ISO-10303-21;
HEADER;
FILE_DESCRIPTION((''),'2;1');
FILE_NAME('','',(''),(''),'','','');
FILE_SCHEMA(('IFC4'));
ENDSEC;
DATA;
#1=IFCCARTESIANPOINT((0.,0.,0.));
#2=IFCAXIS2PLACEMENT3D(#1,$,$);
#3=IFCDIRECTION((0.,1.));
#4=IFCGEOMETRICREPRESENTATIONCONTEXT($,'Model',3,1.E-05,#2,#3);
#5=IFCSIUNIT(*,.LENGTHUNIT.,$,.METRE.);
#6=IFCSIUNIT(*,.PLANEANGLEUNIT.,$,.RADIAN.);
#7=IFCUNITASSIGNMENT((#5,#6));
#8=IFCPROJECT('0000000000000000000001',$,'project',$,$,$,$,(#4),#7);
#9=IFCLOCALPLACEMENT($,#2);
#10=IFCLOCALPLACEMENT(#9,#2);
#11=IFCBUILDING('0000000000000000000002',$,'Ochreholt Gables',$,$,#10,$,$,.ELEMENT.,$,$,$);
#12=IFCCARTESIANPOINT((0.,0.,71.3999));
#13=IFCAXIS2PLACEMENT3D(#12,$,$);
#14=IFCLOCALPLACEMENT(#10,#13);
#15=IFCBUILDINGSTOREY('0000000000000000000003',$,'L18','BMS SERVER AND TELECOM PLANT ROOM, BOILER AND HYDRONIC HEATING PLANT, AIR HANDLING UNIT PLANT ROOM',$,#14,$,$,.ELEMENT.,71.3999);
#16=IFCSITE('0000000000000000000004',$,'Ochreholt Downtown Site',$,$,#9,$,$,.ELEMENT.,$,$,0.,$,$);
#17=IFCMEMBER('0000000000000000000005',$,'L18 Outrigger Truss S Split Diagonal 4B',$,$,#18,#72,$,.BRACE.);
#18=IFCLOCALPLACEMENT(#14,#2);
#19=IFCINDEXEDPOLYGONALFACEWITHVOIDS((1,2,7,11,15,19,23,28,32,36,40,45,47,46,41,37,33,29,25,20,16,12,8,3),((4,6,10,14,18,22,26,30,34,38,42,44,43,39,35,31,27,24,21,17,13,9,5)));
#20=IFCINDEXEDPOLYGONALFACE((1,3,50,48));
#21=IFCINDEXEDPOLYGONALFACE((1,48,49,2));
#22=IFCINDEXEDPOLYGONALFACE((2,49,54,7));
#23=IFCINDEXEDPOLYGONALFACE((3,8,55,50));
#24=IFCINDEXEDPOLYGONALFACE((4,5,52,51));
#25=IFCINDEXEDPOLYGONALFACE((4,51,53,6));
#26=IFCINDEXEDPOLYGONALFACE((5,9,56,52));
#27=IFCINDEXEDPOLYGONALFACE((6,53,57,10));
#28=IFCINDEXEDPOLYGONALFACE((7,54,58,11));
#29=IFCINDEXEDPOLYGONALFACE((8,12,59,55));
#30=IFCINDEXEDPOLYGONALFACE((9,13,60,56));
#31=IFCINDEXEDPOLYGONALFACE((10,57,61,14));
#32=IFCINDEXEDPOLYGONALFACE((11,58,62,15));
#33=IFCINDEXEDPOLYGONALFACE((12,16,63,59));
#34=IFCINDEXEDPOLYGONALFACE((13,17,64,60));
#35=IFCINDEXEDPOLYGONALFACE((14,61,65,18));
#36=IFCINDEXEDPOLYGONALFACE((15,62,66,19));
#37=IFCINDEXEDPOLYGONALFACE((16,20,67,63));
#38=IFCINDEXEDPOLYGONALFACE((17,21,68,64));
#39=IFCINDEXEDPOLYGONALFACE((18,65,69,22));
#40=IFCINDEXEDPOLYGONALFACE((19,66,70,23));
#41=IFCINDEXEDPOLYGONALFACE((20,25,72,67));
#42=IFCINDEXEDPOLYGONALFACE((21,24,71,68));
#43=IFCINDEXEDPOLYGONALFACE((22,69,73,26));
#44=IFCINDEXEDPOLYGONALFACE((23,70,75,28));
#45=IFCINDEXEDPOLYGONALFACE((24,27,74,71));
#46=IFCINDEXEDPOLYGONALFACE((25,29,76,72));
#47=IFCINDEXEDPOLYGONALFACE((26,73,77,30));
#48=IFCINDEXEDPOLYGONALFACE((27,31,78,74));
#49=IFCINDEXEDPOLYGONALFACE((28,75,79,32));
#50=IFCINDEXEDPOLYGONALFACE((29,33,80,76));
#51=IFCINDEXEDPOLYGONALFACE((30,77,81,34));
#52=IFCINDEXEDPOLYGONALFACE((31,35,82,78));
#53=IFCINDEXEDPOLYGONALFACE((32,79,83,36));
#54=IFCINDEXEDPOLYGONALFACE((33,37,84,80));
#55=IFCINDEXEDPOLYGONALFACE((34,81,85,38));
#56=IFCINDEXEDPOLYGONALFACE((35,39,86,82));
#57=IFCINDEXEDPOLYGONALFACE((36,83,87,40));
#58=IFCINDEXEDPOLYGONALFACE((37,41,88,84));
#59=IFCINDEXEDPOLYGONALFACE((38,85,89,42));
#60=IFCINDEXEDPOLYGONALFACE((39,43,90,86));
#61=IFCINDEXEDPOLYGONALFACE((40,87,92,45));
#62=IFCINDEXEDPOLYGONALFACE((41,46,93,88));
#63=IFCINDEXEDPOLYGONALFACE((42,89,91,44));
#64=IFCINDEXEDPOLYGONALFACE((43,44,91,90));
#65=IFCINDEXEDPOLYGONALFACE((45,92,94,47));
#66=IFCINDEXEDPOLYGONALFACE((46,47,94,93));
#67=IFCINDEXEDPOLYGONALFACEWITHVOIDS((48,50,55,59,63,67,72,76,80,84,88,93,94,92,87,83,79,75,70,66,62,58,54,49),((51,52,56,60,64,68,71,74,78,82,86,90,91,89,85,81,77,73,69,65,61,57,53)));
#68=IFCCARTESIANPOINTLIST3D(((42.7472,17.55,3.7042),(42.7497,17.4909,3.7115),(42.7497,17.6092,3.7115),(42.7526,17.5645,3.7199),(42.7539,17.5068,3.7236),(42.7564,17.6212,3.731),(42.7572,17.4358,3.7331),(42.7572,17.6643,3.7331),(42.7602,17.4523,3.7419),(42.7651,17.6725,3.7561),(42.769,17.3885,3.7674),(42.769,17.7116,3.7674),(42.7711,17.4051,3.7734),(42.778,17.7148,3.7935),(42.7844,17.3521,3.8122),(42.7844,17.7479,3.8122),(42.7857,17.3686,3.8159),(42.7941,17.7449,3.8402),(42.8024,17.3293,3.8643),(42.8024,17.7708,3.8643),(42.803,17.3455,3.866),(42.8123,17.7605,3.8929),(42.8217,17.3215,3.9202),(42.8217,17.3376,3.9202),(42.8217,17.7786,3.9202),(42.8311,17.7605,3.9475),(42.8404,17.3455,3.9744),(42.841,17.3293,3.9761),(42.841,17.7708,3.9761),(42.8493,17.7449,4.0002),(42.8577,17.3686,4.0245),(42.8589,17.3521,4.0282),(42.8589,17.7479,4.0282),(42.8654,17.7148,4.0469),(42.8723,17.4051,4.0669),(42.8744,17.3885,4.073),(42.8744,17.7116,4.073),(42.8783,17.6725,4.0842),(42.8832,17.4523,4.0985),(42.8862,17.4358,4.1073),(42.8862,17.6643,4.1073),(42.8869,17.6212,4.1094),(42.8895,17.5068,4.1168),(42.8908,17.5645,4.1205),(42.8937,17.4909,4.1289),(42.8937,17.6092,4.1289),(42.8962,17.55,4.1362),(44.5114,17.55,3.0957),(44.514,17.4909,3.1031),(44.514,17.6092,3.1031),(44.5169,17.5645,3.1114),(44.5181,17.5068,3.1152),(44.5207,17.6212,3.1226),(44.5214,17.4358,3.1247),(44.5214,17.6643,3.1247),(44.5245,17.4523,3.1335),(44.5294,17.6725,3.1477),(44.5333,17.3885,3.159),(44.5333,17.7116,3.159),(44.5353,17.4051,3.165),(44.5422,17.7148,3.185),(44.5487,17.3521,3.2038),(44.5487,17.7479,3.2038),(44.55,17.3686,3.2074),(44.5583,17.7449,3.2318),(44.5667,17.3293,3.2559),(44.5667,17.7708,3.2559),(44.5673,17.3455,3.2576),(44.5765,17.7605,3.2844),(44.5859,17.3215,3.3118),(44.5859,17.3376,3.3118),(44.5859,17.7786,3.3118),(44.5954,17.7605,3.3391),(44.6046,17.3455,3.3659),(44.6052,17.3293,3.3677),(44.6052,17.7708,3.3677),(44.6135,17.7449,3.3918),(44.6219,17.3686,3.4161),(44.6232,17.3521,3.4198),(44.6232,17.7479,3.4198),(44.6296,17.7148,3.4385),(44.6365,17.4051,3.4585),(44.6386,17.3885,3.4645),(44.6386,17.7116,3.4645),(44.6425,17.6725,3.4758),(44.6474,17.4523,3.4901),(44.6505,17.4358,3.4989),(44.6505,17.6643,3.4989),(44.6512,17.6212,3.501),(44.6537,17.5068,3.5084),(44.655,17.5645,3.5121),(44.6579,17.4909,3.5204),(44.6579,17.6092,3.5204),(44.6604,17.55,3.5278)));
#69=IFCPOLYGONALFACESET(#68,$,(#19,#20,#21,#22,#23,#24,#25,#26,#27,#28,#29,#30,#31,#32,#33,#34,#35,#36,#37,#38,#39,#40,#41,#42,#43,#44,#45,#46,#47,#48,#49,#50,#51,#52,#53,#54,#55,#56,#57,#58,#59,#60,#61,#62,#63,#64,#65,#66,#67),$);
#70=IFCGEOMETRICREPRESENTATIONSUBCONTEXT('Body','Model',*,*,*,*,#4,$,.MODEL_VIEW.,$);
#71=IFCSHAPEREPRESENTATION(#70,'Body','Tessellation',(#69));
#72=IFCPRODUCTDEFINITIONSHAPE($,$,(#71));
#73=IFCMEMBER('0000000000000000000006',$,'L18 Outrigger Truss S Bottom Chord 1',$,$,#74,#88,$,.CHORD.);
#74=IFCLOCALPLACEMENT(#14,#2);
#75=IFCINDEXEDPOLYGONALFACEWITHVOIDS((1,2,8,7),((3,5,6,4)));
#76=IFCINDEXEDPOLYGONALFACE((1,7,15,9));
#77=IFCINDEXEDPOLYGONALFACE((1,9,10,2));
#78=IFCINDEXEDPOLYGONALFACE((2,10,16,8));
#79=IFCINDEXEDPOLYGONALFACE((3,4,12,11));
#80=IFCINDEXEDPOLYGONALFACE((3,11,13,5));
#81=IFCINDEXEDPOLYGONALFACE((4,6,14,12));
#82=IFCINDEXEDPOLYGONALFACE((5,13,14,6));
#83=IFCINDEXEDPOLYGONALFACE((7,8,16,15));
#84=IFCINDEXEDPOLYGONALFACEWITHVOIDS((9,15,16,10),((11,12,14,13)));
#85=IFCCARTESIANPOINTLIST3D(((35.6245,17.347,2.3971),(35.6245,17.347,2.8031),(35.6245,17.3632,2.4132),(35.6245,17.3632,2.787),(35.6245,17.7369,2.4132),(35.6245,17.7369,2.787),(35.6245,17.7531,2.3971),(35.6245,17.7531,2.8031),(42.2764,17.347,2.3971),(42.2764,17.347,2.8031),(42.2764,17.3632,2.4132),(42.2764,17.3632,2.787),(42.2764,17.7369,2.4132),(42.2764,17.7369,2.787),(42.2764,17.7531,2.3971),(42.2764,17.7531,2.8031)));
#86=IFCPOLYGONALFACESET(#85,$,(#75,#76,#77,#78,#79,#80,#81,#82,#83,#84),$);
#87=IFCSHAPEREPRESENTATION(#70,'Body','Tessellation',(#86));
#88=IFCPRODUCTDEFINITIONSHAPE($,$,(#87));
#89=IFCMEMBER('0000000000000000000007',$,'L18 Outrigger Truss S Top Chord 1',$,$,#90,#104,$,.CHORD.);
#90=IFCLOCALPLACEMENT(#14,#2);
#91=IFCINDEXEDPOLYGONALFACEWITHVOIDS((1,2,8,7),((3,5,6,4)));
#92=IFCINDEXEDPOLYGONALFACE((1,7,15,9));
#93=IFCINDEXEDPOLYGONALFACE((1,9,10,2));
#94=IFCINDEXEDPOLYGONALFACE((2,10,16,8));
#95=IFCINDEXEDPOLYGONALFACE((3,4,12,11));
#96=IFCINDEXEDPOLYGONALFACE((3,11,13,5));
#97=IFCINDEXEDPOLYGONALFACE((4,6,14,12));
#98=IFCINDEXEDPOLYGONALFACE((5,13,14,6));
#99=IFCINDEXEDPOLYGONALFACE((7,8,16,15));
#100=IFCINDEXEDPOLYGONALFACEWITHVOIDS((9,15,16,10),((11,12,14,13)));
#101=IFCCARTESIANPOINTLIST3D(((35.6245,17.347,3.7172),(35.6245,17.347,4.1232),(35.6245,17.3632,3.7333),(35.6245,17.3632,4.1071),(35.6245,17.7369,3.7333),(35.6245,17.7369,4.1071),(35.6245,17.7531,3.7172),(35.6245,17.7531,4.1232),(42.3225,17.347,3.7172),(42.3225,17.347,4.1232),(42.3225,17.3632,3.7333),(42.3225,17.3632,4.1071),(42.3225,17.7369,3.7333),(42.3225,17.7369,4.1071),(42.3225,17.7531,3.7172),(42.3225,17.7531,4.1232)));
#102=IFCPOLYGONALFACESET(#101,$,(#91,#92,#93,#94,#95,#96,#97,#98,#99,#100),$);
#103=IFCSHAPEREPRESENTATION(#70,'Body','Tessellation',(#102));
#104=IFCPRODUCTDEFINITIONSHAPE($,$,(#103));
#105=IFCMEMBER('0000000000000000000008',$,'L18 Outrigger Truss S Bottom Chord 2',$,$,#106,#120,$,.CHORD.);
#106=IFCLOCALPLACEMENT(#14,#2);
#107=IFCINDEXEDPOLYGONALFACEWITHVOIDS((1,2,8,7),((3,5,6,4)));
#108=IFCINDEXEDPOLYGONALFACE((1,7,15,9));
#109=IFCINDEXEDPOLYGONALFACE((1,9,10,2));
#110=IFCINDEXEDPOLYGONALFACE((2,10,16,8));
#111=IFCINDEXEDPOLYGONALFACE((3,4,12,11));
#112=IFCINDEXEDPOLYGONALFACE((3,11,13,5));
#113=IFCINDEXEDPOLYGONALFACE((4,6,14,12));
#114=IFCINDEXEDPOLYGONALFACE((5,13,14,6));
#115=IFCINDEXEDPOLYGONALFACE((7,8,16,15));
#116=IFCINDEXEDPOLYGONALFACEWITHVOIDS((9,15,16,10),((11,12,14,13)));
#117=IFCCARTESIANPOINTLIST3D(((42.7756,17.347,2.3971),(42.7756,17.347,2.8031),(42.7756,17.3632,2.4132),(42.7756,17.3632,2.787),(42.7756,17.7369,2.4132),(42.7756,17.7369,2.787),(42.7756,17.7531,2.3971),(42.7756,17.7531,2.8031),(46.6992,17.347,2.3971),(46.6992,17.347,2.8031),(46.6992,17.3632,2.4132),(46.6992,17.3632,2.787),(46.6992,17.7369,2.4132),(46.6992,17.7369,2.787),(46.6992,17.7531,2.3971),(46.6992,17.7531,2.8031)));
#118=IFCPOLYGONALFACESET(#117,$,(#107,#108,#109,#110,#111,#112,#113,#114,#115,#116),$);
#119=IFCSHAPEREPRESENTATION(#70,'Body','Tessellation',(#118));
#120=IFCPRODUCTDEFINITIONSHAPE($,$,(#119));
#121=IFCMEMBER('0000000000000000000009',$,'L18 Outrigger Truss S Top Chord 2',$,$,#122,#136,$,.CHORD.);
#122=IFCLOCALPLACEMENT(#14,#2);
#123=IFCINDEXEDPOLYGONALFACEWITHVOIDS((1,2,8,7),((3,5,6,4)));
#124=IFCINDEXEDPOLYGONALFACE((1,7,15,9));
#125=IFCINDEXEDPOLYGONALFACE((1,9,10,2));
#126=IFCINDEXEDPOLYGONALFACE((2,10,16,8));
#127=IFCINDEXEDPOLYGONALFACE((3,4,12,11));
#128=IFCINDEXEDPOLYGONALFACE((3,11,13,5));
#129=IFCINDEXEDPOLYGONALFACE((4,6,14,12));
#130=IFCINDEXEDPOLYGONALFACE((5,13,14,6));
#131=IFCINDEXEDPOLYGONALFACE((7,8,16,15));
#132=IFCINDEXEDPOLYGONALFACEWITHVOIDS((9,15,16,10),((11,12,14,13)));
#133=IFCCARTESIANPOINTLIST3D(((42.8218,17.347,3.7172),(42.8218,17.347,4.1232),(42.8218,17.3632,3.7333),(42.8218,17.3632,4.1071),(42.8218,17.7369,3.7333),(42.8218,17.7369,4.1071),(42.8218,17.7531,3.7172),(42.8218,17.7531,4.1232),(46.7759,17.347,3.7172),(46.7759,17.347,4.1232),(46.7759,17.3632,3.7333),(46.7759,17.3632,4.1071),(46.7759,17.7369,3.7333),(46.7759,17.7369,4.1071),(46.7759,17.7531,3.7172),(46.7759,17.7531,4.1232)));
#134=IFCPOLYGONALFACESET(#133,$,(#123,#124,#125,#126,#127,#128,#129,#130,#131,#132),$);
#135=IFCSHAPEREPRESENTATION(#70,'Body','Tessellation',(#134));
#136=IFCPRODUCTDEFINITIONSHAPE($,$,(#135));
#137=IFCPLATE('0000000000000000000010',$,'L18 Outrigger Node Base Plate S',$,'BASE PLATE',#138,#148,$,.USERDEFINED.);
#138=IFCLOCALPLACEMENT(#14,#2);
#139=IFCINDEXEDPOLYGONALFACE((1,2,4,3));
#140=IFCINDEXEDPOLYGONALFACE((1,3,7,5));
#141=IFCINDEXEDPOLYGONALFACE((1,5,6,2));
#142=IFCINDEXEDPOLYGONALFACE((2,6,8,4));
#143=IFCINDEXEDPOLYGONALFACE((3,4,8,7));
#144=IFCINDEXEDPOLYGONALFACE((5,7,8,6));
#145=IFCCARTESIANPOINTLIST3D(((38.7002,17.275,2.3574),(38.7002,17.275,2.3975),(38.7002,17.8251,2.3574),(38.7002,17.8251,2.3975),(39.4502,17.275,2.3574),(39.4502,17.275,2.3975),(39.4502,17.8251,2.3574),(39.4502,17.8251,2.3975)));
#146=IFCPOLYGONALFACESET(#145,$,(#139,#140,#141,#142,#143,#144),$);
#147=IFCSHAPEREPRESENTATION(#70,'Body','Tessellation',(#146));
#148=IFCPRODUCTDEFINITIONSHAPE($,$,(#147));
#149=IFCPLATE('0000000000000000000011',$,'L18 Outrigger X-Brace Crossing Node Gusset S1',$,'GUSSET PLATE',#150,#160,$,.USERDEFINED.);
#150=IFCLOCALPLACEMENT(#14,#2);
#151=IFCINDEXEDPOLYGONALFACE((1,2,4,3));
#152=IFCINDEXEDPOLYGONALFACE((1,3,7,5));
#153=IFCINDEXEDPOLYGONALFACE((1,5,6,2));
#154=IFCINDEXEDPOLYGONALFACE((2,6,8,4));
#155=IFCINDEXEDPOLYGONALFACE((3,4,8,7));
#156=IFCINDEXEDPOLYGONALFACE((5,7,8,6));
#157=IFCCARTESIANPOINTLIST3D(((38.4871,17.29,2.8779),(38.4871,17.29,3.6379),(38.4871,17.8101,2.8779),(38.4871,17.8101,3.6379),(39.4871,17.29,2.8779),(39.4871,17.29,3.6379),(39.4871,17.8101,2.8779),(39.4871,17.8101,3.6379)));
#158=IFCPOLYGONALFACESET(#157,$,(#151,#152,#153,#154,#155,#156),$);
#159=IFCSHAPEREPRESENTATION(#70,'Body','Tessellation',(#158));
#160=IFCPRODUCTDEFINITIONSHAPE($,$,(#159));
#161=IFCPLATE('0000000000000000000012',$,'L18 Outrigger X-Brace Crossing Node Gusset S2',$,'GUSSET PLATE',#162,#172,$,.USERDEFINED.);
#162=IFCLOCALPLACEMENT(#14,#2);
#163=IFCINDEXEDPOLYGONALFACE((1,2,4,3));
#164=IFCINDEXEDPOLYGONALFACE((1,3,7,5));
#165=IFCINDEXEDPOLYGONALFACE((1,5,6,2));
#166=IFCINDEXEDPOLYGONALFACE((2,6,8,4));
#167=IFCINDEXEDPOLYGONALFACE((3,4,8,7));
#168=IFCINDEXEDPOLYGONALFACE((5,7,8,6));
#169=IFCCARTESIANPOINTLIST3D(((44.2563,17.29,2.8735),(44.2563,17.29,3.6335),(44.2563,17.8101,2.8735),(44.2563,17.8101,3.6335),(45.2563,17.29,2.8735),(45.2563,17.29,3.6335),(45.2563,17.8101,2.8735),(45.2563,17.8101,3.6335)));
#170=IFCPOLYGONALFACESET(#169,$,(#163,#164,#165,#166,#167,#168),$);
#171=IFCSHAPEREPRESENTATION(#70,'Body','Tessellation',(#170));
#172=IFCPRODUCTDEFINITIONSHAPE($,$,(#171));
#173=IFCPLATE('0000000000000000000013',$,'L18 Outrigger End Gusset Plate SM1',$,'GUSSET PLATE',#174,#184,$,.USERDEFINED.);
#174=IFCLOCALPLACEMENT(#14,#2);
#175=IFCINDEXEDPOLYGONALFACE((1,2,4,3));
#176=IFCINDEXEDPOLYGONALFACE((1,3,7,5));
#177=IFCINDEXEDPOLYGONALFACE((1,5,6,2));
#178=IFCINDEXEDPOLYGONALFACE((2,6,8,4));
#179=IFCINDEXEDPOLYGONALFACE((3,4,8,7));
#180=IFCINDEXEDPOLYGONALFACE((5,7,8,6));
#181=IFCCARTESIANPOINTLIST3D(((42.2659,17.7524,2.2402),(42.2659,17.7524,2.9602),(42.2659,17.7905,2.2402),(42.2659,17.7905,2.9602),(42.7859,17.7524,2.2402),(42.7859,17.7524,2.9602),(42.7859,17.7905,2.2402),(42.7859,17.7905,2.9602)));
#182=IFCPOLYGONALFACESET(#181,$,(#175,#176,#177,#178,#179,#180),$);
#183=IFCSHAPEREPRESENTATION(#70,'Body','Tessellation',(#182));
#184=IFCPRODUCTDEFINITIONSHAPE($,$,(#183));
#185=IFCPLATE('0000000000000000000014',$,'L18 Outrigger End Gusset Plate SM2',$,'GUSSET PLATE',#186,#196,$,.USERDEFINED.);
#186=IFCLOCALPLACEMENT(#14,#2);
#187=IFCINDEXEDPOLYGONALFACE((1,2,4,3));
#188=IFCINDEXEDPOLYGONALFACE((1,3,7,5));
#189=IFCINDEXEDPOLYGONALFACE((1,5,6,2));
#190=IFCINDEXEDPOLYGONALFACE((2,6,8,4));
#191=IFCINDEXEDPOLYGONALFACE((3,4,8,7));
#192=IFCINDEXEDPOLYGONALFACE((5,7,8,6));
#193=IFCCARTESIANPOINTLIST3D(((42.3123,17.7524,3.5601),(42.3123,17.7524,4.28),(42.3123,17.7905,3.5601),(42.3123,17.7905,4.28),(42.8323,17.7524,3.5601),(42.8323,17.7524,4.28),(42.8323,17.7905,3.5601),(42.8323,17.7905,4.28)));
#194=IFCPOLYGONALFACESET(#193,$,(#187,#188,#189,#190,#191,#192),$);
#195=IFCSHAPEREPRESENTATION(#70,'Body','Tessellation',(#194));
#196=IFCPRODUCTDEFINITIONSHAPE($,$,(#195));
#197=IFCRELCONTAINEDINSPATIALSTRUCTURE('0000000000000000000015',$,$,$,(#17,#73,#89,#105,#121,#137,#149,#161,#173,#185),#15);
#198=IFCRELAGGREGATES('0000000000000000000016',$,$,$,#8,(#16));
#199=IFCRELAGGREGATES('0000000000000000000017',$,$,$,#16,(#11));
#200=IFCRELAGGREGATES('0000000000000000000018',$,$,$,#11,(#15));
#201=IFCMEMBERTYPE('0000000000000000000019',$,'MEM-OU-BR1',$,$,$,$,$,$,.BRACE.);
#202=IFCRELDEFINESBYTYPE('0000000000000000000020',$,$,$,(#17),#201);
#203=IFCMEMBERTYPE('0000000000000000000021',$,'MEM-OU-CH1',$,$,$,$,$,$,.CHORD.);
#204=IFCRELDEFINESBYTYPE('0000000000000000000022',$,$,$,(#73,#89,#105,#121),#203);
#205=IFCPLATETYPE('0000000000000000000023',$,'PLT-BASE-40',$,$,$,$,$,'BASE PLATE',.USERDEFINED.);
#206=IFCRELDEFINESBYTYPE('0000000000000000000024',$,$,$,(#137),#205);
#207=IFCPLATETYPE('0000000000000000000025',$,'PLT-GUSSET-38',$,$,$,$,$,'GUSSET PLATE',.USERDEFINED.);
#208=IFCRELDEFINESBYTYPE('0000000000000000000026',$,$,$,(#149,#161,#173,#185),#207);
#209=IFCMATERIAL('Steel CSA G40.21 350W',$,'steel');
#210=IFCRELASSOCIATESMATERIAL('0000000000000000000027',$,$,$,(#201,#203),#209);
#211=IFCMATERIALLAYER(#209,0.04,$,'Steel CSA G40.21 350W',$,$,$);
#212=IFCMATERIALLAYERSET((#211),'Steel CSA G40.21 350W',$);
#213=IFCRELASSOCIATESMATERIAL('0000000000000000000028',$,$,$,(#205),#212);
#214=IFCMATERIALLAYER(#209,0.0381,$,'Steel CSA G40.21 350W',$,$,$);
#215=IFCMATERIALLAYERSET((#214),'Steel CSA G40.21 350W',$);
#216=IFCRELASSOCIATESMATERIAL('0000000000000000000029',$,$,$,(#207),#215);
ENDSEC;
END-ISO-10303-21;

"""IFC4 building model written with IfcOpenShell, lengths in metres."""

from ifc_helpers import new_model, si_unit, direction, frame, origin, origin_2d, place, context, subcontext, project, spatial, rectangle, hollow_rectangle, hollow_circle, extrude, material, layer, layer_set, material_profile, profile_set, type_object, element, save


model = new_model("IFC4")

# Units and contexts
model_context = context("Model", 3, precision=1e-05, world=origin(), true_north=direction((0.0, 1.0)))
body_context = subcontext(model_context, "Body", "Model", "MODEL_VIEW")
ifc_project = project(units=[si_unit("LENGTHUNIT", "METRE"), si_unit("PLANEANGLEUNIT", "RADIAN")], contexts=[model_context])

# Site, building, storey
site_placement = place(None, origin())
site = spatial("IfcSite", under=ifc_project, at=site_placement, Name="Ochreholt Downtown Site", CompositionType="ELEMENT", RefElevation=0.0)
building_placement = place(site_placement, origin())
building = spatial("IfcBuilding", under=site, at=building_placement, Name="Ochreholt Gables", CompositionType="ELEMENT")
storey_placement = place(building_placement, frame((0.0, 0.0, 71.3999)))
storey = spatial("IfcBuildingStorey", under=building, at=storey_placement, Name="L18", Description="BMS SERVER AND TELECOM PLANT ROOM, BOILER AND HYDRONIC HEATING PLANT, AIR HANDLING UNIT PLANT ROOM", CompositionType="ELEMENT", Elevation=71.3999)

# Shared definitions
ifc_material_1 = material(Name="Steel CSA G40.21 350W", Category="steel")

# Members
ifc_material_profile_1 = material_profile(ifc_material_1, hollow_circle(Radius=0.2285, WallThickness=0.0161, at=origin_2d()), Name="CHS457X16")
ifc_profile_set_1 = profile_set([ifc_material_profile_1], Name="Steel CSA G40.21 350W")
member_type_1 = type_object("IfcMemberType", Name="MEM-OU-BR1", PredefinedType="BRACE", material=ifc_profile_set_1)
member_1_placement = place(storey_placement, frame((44.5859, 17.55, 3.3118), z_axis=(-0.945362, 0.0, 0.326023), x_axis=(0.0, -1.0, 0.0)))
element("IfcMember", 1, at=member_1_placement, inside=storey, type_object=member_type_1, Name="L18 Outrigger Truss S Split Diagonal 4B", PredefinedType="BRACE", context=body_context, shape_type="SweptSolid", body=[
    extrude(hollow_circle(Radius=0.2285, WallThickness=0.0161, at=origin_2d()), origin(), (0.0, 0.0, 1.0), 1.8662),
])
ifc_material_profile_2 = material_profile(ifc_material_1, hollow_rectangle(XDim=0.406, YDim=0.406, WallThickness=0.0161, at=origin_2d()), Name="HSS406X406X16")
ifc_profile_set_2 = profile_set([ifc_material_profile_2], Name="Steel CSA G40.21 350W")
member_type_2 = type_object("IfcMemberType", Name="MEM-OU-CH1", PredefinedType="CHORD", material=ifc_profile_set_2)
member_2_placement = place(storey_placement, frame((35.6245, 17.55, 2.6001), z_axis=(1.0, 0.0, 0.0), x_axis=(0.0, 1.0, 0.0)))
element("IfcMember", 2, at=member_2_placement, inside=storey, type_object=member_type_2, Name="L18 Outrigger Truss S Bottom Chord 1", PredefinedType="CHORD", context=body_context, shape_type="SweptSolid", body=[
    extrude(hollow_rectangle(XDim=0.406, YDim=0.406, WallThickness=0.0161, at=origin_2d()), origin(), (0.0, 0.0, 1.0), 6.6519),
])
member_3_placement = place(storey_placement, frame((35.6245, 17.55, 3.9202), z_axis=(1.0, 0.0, 0.0), x_axis=(0.0, 1.0, 0.0)))
element("IfcMember", 3, at=member_3_placement, inside=storey, type_object=member_type_2, Name="L18 Outrigger Truss S Top Chord 1", PredefinedType="CHORD", context=body_context, shape_type="SweptSolid", body=[
    extrude(hollow_rectangle(XDim=0.406, YDim=0.406, WallThickness=0.0161, at=origin_2d()), origin(), (0.0, 0.0, 1.0), 6.698),
])
member_4_placement = place(storey_placement, frame((42.7756, 17.55, 2.6001), z_axis=(1.0, 0.0, 0.0), x_axis=(0.0, 1.0, 0.0)))
element("IfcMember", 4, at=member_4_placement, inside=storey, type_object=member_type_2, Name="L18 Outrigger Truss S Bottom Chord 2", PredefinedType="CHORD", context=body_context, shape_type="SweptSolid", body=[
    extrude(hollow_rectangle(XDim=0.406, YDim=0.406, WallThickness=0.0161, at=origin_2d()), origin(), (0.0, 0.0, 1.0), 3.9236),
])
member_5_placement = place(storey_placement, frame((42.8218, 17.55, 3.9202), z_axis=(1.0, 0.0, 0.0), x_axis=(0.0, 1.0, 0.0)))
element("IfcMember", 5, at=member_5_placement, inside=storey, type_object=member_type_2, Name="L18 Outrigger Truss S Top Chord 2", PredefinedType="CHORD", context=body_context, shape_type="SweptSolid", body=[
    extrude(hollow_rectangle(XDim=0.406, YDim=0.406, WallThickness=0.0161, at=origin_2d()), origin(), (0.0, 0.0, 1.0), 3.9541),
])

# Plates
ifc_layer_1 = layer(ifc_material_1, 0.04, Name="Steel CSA G40.21 350W")
ifc_layer_set_1 = layer_set([ifc_layer_1], Name="Steel CSA G40.21 350W")
plate_type_1 = type_object("IfcPlateType", Name="PLT-BASE-40", ElementType="BASE PLATE", PredefinedType="USERDEFINED", material=ifc_layer_set_1)
plate_1_placement = place(storey_placement, frame((39.0752, 17.55, 2.3574), z_axis=(0.0, 0.0, 1.0), x_axis=(1.0, 0.0, 0.0)))
element("IfcPlate", 6, at=plate_1_placement, inside=storey, type_object=plate_type_1, Name="L18 Outrigger Node Base Plate S", ObjectType="BASE PLATE", PredefinedType="USERDEFINED", context=body_context, shape_type="SweptSolid", body=[
    extrude(rectangle(XDim=0.75, YDim=0.55, at=origin_2d()), origin(), (0.0, 0.0, 1.0), 0.04),
])
ifc_layer_2 = layer(ifc_material_1, 0.0381, Name="Steel CSA G40.21 350W")
ifc_layer_set_2 = layer_set([ifc_layer_2], Name="Steel CSA G40.21 350W")
plate_type_2 = type_object("IfcPlateType", Name="PLT-GUSSET-38", ElementType="GUSSET PLATE", PredefinedType="USERDEFINED", material=ifc_layer_set_2)
for number, where, z_axis, x_axis, name in (
    (7, (38.9871, 17.55, 2.8779), (0.0, 0.0, 1.0), (1.0, 0.0, 0.0), "L18 Outrigger X-Brace Crossing Node Gusset S1"),
    (8, (44.7563, 17.55, 2.8735), (0.0, 0.0, 1.0), (1.0, 0.0, 0.0), "L18 Outrigger X-Brace Crossing Node Gusset S2"),
):
    element("IfcPlate", number, at=place(storey_placement, frame(where, z_axis=z_axis, x_axis=x_axis)), inside=storey, type_object=plate_type_2, Name=name, ObjectType="GUSSET PLATE", PredefinedType="USERDEFINED", context=body_context, shape_type="SweptSolid", body=[
        extrude(rectangle(XDim=1.0, YDim=0.52, at=origin_2d()), origin(), (0.0, 0.0, 1.0), 0.76),
    ])
for number, where, z_axis, x_axis, name in (
    (9, (42.5259, 17.7715, 2.2402), (0.0, 0.0, 1.0), (1.0, 0.0, 0.0), "L18 Outrigger End Gusset Plate SM1"),
    (10, (42.5723, 17.7715, 3.5601), (0.0, 0.0, 1.0), (1.0, 0.0, 0.0), "L18 Outrigger End Gusset Plate SM2"),
):
    element("IfcPlate", number, at=place(storey_placement, frame(where, z_axis=z_axis, x_axis=x_axis)), inside=storey, type_object=plate_type_2, Name=name, ObjectType="GUSSET PLATE", PredefinedType="USERDEFINED", context=body_context, shape_type="SweptSolid", body=[
        extrude(rectangle(XDim=0.52, YDim=0.0381, at=origin_2d()), origin(), (0.0, 0.0, 1.0), 0.72),
    ])

save(model, "model.ifc")
